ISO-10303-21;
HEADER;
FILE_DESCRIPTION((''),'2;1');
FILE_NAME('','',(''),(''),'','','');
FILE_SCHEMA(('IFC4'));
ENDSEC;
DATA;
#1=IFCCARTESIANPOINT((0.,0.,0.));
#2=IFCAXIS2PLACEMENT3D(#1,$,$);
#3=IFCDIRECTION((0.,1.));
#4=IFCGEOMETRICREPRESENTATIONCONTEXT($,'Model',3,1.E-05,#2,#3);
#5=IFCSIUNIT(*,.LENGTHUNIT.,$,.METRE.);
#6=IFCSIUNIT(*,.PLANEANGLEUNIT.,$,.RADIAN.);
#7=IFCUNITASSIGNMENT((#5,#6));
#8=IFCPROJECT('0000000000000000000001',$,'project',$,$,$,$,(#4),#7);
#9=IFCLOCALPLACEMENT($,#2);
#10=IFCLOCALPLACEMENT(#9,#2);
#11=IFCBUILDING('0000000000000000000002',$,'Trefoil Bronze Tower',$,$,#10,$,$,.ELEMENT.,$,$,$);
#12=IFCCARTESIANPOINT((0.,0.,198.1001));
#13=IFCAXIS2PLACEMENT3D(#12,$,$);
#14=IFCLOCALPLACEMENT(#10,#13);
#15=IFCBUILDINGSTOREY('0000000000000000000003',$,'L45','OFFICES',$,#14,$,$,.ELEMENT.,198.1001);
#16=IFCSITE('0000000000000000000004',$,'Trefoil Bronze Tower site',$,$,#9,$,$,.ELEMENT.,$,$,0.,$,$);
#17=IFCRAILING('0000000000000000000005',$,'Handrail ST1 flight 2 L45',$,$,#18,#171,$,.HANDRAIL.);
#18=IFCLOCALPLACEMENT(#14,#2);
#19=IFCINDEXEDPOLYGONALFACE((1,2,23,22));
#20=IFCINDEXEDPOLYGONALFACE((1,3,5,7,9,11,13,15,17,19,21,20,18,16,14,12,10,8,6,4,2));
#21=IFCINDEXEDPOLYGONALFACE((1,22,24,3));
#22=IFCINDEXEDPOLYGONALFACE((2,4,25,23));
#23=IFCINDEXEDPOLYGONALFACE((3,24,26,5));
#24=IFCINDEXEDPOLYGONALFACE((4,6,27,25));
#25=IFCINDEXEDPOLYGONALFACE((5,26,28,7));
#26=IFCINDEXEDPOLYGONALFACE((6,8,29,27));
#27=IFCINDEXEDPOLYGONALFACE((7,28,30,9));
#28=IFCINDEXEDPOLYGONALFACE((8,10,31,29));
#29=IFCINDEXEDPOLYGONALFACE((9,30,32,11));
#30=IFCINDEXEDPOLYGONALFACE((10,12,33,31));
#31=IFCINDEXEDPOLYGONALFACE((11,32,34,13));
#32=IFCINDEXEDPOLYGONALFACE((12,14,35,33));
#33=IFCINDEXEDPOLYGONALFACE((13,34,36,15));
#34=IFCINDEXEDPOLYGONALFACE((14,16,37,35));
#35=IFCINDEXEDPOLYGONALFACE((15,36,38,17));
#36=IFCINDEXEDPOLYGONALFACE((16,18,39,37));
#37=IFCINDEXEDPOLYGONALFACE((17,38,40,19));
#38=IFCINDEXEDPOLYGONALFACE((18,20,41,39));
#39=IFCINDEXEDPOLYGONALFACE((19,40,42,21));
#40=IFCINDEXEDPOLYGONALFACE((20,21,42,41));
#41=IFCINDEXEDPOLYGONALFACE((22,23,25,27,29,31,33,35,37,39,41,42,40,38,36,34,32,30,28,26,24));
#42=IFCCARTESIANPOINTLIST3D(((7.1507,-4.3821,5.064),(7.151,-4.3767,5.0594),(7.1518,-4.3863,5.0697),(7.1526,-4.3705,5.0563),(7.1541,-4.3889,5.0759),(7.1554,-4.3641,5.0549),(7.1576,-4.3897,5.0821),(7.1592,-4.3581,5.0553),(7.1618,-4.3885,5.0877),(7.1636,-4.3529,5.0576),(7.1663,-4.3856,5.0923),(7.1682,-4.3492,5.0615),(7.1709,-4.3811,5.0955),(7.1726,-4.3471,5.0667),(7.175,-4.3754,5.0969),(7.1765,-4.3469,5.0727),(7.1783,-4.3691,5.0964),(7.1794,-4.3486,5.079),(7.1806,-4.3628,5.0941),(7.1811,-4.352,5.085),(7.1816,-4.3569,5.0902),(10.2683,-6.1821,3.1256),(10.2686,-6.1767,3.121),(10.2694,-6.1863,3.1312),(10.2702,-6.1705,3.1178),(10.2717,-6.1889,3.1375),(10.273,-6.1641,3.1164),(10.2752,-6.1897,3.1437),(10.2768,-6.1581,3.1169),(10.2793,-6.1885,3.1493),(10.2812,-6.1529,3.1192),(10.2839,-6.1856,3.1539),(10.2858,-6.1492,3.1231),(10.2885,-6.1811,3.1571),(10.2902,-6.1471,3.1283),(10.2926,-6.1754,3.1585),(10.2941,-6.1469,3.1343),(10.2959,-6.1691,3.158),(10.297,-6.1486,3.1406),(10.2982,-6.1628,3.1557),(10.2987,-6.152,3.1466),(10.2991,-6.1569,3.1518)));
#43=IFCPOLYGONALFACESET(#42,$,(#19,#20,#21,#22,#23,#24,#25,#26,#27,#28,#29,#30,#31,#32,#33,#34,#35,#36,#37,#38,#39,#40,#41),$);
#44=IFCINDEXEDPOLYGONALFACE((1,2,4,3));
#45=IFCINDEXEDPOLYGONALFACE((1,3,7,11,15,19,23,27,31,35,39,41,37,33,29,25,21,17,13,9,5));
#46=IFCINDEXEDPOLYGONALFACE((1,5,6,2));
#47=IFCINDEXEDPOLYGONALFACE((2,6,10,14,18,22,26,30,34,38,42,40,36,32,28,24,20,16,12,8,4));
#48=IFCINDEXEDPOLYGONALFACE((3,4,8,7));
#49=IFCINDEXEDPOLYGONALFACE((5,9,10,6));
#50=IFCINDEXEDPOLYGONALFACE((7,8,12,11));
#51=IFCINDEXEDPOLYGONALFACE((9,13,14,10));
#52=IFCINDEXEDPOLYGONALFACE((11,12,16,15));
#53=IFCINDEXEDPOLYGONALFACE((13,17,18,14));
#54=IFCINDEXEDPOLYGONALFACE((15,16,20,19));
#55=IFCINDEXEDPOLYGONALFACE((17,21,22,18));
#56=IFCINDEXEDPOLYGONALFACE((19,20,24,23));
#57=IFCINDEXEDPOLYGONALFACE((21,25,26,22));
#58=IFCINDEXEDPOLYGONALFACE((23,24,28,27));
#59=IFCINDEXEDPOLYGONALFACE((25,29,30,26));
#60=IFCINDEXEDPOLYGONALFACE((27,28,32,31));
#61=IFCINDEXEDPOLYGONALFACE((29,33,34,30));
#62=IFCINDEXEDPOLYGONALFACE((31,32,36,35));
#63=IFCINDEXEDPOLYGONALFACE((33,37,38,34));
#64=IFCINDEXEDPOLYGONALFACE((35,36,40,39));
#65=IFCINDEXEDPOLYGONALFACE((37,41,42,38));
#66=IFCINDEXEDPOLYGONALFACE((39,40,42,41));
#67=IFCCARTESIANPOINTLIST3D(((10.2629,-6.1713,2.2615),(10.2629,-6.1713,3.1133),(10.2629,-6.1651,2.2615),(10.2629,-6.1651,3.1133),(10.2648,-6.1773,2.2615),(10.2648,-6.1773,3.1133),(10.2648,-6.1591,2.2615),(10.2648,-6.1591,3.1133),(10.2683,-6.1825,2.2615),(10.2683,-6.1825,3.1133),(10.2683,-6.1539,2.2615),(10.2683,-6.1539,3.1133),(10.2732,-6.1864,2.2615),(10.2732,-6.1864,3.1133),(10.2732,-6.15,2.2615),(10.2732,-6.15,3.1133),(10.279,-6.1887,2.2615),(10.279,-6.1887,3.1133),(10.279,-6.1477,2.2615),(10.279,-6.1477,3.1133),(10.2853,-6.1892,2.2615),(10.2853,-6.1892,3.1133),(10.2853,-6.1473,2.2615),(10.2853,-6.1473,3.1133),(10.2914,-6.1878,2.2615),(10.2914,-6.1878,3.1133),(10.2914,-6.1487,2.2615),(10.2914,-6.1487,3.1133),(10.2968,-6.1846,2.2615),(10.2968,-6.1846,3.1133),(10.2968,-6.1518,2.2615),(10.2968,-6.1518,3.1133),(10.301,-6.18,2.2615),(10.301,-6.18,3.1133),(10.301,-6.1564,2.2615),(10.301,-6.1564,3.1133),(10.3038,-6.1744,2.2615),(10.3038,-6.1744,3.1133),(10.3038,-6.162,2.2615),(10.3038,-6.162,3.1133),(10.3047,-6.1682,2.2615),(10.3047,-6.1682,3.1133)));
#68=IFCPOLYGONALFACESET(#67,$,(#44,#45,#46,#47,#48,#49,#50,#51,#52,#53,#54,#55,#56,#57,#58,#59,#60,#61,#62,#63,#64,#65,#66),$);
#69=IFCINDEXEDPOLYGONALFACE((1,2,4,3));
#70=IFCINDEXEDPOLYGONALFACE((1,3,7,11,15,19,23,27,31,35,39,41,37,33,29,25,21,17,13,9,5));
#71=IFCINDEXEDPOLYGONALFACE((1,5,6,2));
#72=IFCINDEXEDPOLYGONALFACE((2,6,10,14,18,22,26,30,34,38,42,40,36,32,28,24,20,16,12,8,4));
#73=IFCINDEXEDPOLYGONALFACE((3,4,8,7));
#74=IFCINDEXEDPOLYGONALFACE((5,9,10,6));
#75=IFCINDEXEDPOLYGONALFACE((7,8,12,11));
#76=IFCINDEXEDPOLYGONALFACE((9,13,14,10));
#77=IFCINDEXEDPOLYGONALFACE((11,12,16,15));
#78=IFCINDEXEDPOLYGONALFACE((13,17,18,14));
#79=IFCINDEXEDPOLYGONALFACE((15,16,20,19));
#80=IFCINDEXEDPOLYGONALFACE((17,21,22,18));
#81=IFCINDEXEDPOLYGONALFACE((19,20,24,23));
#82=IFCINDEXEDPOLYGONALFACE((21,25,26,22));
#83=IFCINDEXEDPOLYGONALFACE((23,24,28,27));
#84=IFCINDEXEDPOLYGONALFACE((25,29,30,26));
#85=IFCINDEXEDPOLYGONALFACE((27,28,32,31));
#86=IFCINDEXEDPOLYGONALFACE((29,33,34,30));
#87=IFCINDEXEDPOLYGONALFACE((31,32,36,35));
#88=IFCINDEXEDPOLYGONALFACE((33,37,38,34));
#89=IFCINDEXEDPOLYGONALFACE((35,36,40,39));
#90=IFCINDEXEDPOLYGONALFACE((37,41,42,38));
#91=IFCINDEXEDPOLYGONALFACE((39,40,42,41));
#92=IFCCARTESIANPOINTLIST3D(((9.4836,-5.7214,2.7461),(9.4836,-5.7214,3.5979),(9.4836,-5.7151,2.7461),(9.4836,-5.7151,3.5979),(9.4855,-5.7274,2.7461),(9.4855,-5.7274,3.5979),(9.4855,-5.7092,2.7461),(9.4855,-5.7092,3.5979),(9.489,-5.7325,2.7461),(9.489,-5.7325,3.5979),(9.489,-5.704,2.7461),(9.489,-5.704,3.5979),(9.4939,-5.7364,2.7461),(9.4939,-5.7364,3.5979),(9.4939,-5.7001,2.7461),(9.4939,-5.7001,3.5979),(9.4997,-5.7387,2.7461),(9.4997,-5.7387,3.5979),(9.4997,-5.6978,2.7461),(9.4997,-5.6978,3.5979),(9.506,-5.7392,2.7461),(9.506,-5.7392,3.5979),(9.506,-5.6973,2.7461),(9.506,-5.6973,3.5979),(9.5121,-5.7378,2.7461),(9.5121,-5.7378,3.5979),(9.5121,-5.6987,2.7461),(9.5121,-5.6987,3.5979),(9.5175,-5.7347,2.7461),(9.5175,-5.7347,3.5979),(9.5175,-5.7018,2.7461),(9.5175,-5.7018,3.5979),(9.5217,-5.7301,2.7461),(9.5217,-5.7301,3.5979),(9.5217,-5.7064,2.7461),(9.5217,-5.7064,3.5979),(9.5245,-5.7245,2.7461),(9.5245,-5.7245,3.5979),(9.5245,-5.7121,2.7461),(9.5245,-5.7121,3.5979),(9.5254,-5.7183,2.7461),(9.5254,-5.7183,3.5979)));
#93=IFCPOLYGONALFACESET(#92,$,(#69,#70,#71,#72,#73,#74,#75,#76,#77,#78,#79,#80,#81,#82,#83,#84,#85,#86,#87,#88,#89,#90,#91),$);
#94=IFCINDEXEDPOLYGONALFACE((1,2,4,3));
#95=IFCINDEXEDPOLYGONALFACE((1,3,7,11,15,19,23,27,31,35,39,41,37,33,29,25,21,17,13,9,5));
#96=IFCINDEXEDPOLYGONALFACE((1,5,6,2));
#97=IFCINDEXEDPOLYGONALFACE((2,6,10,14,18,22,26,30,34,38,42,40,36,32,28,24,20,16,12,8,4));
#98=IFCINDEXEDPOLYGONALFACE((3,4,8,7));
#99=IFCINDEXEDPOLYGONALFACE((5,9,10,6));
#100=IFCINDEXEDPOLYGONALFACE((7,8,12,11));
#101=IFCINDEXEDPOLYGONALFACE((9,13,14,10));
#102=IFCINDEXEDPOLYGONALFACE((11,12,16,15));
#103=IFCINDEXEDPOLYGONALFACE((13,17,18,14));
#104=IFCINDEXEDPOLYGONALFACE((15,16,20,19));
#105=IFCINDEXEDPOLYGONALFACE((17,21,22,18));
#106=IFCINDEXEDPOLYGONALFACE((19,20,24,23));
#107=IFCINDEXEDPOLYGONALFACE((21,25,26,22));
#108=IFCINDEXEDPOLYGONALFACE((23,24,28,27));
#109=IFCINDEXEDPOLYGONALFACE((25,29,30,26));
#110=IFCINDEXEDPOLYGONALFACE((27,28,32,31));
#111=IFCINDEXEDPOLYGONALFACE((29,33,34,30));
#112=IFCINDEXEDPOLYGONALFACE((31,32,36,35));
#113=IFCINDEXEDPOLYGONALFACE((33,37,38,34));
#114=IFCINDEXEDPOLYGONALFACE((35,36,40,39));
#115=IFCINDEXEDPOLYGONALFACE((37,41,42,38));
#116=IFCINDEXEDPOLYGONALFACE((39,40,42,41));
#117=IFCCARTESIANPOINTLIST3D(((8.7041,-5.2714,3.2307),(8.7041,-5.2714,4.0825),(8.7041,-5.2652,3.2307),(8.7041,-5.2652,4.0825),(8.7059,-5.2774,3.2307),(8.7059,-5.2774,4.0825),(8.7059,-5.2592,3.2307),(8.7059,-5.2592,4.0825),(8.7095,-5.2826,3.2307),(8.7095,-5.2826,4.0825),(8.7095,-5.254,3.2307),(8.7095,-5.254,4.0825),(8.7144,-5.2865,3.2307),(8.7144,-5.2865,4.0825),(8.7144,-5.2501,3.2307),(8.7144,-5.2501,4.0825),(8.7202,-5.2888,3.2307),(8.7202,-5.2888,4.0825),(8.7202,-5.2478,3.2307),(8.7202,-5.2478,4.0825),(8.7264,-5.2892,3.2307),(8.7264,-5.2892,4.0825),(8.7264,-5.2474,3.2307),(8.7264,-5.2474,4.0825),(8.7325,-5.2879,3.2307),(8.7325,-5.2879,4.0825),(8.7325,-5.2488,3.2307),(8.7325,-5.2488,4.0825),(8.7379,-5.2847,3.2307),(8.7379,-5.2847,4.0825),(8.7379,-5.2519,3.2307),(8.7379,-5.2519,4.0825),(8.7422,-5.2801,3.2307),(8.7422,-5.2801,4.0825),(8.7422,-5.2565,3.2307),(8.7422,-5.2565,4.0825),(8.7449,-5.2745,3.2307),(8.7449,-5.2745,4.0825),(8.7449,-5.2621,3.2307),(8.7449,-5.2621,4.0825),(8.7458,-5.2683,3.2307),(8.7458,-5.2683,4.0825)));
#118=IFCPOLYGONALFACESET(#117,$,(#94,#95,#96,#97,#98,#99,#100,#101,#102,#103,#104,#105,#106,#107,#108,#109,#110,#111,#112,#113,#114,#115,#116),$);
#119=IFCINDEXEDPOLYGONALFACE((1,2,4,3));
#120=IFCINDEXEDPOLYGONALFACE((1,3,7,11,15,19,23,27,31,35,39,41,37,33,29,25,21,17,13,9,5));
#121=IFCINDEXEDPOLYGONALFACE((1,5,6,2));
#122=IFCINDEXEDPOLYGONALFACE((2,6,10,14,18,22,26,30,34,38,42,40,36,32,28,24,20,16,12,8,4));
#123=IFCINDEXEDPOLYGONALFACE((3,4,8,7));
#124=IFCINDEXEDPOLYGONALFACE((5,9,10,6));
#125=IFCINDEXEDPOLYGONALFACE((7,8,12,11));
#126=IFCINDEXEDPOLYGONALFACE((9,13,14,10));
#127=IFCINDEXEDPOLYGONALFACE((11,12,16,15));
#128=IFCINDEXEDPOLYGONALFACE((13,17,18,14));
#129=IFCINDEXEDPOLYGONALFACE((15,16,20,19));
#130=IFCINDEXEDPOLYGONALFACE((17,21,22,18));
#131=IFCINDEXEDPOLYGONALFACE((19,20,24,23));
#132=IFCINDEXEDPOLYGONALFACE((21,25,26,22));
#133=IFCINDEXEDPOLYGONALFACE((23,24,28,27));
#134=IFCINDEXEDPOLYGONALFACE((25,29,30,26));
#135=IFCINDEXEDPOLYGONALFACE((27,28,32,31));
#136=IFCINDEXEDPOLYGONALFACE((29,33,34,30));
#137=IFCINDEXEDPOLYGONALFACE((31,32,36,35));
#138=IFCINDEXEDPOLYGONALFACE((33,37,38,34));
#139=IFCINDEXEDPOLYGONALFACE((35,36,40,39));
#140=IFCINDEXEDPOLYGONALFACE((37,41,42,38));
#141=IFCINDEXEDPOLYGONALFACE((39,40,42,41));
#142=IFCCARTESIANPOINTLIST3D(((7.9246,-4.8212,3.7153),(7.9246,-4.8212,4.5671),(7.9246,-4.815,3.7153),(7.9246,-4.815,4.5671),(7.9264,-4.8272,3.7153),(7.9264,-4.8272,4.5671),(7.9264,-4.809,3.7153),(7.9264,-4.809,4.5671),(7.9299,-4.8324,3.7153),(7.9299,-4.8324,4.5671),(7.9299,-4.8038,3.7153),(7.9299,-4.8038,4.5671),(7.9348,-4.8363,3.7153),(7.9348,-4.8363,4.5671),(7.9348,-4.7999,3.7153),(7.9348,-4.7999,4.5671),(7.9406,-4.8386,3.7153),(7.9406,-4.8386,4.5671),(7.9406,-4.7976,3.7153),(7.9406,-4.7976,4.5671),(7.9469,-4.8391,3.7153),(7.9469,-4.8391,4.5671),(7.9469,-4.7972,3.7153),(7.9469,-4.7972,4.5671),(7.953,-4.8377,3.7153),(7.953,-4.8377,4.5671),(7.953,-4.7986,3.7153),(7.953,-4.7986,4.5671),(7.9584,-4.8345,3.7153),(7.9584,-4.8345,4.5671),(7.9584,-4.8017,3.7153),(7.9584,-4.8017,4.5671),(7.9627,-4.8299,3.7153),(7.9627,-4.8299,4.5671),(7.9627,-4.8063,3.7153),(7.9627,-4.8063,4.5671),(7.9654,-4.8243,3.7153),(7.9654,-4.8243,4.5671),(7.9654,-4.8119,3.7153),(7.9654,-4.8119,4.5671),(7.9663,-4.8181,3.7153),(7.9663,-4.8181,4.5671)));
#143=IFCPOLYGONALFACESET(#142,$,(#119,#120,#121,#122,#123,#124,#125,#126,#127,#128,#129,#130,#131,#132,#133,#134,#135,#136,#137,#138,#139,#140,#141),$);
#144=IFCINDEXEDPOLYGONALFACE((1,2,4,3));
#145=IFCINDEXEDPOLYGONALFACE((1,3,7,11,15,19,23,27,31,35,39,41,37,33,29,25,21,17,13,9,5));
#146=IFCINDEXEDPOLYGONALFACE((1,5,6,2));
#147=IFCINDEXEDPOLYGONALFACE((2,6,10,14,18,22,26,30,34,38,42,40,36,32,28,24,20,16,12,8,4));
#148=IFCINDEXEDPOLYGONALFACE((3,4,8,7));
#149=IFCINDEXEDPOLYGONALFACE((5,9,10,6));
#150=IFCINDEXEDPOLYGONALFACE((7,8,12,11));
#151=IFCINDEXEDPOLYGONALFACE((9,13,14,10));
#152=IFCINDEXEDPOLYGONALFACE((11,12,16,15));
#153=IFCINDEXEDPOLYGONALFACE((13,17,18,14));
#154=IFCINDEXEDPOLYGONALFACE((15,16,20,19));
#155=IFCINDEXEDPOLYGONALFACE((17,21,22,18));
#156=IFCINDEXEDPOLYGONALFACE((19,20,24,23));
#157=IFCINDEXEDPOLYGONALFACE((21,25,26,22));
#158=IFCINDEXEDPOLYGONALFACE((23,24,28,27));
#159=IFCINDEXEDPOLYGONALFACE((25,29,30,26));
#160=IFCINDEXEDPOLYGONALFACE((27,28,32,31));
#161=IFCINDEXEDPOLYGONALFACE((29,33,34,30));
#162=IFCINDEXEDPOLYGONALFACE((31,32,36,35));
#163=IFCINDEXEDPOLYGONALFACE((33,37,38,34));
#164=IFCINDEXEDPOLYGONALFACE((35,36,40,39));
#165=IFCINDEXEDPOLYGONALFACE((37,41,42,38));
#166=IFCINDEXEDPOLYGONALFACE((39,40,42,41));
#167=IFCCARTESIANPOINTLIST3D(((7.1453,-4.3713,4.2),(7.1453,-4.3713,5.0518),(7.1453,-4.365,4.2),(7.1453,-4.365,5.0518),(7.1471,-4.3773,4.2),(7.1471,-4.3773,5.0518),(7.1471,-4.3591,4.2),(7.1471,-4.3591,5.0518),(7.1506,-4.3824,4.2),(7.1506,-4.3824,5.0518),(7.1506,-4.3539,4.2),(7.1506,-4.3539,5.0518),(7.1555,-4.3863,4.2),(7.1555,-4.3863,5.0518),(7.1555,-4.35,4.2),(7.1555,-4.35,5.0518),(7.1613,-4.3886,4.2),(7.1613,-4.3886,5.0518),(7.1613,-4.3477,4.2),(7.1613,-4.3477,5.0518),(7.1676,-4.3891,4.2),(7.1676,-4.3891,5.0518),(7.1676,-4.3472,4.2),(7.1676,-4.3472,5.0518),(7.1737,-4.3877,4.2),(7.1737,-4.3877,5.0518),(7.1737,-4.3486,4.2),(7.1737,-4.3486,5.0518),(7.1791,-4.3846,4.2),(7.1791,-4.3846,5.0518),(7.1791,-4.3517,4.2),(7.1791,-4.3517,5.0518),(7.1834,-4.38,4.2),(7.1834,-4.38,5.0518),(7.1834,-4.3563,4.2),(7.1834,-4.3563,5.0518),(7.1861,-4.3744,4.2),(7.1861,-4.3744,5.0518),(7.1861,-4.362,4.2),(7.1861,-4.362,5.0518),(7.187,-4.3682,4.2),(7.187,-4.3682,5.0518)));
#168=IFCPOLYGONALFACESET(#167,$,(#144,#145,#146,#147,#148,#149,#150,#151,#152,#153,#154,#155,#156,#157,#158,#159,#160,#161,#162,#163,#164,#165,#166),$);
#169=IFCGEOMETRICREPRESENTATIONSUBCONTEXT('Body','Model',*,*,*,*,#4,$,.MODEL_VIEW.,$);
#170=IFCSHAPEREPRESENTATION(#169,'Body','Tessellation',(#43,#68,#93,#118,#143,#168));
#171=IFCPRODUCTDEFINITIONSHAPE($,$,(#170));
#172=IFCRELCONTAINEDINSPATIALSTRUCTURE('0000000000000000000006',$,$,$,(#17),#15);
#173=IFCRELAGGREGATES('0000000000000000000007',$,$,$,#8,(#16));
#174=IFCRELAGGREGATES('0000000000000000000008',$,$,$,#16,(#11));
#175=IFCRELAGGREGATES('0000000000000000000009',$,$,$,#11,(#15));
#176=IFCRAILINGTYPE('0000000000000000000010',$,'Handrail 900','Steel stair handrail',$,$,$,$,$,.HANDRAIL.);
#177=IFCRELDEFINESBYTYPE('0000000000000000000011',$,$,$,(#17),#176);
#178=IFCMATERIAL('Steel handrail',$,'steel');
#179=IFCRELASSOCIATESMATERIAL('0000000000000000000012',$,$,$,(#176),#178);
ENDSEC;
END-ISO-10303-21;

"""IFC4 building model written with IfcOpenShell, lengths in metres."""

from ifc_helpers import new_model, si_unit, direction, frame, origin, origin_2d, place, context, subcontext, project, spatial, circle, extrude, material, type_object, element, save


model = new_model("IFC4")

# Units and contexts
model_context = context("Model", 3, precision=1e-05, world=origin(), true_north=direction((0.0, 1.0)))
body_context = subcontext(model_context, "Body", "Model", "MODEL_VIEW")
ifc_project = project(units=[si_unit("LENGTHUNIT", "METRE"), si_unit("PLANEANGLEUNIT", "RADIAN")], contexts=[model_context])

# Site, building, storey
site_placement = place(None, origin())
site = spatial("IfcSite", under=ifc_project, at=site_placement, Name="Trefoil Bronze Tower site", CompositionType="ELEMENT", RefElevation=0.0)
building_placement = place(site_placement, origin())
building = spatial("IfcBuilding", under=site, at=building_placement, Name="Trefoil Bronze Tower", CompositionType="ELEMENT")
storey_placement = place(building_placement, frame((0.0, 0.0, 198.1001)))
storey = spatial("IfcBuildingStorey", under=building, at=storey_placement, Name="L45", Description="OFFICES", CompositionType="ELEMENT", Elevation=198.1001)

# Railing
ifc_material_1 = material(Name="Steel handrail", Category="steel")
railing_type = type_object("IfcRailingType", Name="Handrail 900", Description="Steel stair handrail", PredefinedType="HANDRAIL", material=ifc_material_1)
railing_1_placement = place(storey_placement, frame((10.2837, -6.1682, 2.2615)))
element("IfcRailing", 1, at=railing_1_placement, inside=storey, type_object=railing_type, Name="Handrail ST1 flight 2 L45", PredefinedType="HANDRAIL", context=body_context, shape_type="SweptSolid", body=[
    extrude(circle(Radius=0.0239, at=origin_2d()), frame((0.0, 0.0, 0.876), z_axis=(-0.762503, 0.440246, 0.474102), x_axis=(-0.500012, -0.866018, 0.0)), (0.0, 0.0, 1.0), 4.0886),
    extrude(circle(Radius=0.021, at=origin_2d()), origin(), (0.0, 0.0, 1.0), 0.8518),
    extrude(circle(Radius=0.021, at=origin_2d()), frame((-0.7793, 0.45, 0.4846)), (0.0, 0.0, 1.0), 0.8518),
    extrude(circle(Radius=0.021, at=origin_2d()), frame((-1.5588, 0.8999, 0.9692)), (0.0, 0.0, 1.0), 0.8518),
    extrude(circle(Radius=0.021, at=origin_2d()), frame((-2.3384, 1.3501, 1.4539)), (0.0, 0.0, 1.0), 0.8518),
    extrude(circle(Radius=0.021, at=origin_2d()), frame((-3.1177, 1.8, 1.9385)), (0.0, 0.0, 1.0), 0.8518),
])

save(model, "model.ifc")
